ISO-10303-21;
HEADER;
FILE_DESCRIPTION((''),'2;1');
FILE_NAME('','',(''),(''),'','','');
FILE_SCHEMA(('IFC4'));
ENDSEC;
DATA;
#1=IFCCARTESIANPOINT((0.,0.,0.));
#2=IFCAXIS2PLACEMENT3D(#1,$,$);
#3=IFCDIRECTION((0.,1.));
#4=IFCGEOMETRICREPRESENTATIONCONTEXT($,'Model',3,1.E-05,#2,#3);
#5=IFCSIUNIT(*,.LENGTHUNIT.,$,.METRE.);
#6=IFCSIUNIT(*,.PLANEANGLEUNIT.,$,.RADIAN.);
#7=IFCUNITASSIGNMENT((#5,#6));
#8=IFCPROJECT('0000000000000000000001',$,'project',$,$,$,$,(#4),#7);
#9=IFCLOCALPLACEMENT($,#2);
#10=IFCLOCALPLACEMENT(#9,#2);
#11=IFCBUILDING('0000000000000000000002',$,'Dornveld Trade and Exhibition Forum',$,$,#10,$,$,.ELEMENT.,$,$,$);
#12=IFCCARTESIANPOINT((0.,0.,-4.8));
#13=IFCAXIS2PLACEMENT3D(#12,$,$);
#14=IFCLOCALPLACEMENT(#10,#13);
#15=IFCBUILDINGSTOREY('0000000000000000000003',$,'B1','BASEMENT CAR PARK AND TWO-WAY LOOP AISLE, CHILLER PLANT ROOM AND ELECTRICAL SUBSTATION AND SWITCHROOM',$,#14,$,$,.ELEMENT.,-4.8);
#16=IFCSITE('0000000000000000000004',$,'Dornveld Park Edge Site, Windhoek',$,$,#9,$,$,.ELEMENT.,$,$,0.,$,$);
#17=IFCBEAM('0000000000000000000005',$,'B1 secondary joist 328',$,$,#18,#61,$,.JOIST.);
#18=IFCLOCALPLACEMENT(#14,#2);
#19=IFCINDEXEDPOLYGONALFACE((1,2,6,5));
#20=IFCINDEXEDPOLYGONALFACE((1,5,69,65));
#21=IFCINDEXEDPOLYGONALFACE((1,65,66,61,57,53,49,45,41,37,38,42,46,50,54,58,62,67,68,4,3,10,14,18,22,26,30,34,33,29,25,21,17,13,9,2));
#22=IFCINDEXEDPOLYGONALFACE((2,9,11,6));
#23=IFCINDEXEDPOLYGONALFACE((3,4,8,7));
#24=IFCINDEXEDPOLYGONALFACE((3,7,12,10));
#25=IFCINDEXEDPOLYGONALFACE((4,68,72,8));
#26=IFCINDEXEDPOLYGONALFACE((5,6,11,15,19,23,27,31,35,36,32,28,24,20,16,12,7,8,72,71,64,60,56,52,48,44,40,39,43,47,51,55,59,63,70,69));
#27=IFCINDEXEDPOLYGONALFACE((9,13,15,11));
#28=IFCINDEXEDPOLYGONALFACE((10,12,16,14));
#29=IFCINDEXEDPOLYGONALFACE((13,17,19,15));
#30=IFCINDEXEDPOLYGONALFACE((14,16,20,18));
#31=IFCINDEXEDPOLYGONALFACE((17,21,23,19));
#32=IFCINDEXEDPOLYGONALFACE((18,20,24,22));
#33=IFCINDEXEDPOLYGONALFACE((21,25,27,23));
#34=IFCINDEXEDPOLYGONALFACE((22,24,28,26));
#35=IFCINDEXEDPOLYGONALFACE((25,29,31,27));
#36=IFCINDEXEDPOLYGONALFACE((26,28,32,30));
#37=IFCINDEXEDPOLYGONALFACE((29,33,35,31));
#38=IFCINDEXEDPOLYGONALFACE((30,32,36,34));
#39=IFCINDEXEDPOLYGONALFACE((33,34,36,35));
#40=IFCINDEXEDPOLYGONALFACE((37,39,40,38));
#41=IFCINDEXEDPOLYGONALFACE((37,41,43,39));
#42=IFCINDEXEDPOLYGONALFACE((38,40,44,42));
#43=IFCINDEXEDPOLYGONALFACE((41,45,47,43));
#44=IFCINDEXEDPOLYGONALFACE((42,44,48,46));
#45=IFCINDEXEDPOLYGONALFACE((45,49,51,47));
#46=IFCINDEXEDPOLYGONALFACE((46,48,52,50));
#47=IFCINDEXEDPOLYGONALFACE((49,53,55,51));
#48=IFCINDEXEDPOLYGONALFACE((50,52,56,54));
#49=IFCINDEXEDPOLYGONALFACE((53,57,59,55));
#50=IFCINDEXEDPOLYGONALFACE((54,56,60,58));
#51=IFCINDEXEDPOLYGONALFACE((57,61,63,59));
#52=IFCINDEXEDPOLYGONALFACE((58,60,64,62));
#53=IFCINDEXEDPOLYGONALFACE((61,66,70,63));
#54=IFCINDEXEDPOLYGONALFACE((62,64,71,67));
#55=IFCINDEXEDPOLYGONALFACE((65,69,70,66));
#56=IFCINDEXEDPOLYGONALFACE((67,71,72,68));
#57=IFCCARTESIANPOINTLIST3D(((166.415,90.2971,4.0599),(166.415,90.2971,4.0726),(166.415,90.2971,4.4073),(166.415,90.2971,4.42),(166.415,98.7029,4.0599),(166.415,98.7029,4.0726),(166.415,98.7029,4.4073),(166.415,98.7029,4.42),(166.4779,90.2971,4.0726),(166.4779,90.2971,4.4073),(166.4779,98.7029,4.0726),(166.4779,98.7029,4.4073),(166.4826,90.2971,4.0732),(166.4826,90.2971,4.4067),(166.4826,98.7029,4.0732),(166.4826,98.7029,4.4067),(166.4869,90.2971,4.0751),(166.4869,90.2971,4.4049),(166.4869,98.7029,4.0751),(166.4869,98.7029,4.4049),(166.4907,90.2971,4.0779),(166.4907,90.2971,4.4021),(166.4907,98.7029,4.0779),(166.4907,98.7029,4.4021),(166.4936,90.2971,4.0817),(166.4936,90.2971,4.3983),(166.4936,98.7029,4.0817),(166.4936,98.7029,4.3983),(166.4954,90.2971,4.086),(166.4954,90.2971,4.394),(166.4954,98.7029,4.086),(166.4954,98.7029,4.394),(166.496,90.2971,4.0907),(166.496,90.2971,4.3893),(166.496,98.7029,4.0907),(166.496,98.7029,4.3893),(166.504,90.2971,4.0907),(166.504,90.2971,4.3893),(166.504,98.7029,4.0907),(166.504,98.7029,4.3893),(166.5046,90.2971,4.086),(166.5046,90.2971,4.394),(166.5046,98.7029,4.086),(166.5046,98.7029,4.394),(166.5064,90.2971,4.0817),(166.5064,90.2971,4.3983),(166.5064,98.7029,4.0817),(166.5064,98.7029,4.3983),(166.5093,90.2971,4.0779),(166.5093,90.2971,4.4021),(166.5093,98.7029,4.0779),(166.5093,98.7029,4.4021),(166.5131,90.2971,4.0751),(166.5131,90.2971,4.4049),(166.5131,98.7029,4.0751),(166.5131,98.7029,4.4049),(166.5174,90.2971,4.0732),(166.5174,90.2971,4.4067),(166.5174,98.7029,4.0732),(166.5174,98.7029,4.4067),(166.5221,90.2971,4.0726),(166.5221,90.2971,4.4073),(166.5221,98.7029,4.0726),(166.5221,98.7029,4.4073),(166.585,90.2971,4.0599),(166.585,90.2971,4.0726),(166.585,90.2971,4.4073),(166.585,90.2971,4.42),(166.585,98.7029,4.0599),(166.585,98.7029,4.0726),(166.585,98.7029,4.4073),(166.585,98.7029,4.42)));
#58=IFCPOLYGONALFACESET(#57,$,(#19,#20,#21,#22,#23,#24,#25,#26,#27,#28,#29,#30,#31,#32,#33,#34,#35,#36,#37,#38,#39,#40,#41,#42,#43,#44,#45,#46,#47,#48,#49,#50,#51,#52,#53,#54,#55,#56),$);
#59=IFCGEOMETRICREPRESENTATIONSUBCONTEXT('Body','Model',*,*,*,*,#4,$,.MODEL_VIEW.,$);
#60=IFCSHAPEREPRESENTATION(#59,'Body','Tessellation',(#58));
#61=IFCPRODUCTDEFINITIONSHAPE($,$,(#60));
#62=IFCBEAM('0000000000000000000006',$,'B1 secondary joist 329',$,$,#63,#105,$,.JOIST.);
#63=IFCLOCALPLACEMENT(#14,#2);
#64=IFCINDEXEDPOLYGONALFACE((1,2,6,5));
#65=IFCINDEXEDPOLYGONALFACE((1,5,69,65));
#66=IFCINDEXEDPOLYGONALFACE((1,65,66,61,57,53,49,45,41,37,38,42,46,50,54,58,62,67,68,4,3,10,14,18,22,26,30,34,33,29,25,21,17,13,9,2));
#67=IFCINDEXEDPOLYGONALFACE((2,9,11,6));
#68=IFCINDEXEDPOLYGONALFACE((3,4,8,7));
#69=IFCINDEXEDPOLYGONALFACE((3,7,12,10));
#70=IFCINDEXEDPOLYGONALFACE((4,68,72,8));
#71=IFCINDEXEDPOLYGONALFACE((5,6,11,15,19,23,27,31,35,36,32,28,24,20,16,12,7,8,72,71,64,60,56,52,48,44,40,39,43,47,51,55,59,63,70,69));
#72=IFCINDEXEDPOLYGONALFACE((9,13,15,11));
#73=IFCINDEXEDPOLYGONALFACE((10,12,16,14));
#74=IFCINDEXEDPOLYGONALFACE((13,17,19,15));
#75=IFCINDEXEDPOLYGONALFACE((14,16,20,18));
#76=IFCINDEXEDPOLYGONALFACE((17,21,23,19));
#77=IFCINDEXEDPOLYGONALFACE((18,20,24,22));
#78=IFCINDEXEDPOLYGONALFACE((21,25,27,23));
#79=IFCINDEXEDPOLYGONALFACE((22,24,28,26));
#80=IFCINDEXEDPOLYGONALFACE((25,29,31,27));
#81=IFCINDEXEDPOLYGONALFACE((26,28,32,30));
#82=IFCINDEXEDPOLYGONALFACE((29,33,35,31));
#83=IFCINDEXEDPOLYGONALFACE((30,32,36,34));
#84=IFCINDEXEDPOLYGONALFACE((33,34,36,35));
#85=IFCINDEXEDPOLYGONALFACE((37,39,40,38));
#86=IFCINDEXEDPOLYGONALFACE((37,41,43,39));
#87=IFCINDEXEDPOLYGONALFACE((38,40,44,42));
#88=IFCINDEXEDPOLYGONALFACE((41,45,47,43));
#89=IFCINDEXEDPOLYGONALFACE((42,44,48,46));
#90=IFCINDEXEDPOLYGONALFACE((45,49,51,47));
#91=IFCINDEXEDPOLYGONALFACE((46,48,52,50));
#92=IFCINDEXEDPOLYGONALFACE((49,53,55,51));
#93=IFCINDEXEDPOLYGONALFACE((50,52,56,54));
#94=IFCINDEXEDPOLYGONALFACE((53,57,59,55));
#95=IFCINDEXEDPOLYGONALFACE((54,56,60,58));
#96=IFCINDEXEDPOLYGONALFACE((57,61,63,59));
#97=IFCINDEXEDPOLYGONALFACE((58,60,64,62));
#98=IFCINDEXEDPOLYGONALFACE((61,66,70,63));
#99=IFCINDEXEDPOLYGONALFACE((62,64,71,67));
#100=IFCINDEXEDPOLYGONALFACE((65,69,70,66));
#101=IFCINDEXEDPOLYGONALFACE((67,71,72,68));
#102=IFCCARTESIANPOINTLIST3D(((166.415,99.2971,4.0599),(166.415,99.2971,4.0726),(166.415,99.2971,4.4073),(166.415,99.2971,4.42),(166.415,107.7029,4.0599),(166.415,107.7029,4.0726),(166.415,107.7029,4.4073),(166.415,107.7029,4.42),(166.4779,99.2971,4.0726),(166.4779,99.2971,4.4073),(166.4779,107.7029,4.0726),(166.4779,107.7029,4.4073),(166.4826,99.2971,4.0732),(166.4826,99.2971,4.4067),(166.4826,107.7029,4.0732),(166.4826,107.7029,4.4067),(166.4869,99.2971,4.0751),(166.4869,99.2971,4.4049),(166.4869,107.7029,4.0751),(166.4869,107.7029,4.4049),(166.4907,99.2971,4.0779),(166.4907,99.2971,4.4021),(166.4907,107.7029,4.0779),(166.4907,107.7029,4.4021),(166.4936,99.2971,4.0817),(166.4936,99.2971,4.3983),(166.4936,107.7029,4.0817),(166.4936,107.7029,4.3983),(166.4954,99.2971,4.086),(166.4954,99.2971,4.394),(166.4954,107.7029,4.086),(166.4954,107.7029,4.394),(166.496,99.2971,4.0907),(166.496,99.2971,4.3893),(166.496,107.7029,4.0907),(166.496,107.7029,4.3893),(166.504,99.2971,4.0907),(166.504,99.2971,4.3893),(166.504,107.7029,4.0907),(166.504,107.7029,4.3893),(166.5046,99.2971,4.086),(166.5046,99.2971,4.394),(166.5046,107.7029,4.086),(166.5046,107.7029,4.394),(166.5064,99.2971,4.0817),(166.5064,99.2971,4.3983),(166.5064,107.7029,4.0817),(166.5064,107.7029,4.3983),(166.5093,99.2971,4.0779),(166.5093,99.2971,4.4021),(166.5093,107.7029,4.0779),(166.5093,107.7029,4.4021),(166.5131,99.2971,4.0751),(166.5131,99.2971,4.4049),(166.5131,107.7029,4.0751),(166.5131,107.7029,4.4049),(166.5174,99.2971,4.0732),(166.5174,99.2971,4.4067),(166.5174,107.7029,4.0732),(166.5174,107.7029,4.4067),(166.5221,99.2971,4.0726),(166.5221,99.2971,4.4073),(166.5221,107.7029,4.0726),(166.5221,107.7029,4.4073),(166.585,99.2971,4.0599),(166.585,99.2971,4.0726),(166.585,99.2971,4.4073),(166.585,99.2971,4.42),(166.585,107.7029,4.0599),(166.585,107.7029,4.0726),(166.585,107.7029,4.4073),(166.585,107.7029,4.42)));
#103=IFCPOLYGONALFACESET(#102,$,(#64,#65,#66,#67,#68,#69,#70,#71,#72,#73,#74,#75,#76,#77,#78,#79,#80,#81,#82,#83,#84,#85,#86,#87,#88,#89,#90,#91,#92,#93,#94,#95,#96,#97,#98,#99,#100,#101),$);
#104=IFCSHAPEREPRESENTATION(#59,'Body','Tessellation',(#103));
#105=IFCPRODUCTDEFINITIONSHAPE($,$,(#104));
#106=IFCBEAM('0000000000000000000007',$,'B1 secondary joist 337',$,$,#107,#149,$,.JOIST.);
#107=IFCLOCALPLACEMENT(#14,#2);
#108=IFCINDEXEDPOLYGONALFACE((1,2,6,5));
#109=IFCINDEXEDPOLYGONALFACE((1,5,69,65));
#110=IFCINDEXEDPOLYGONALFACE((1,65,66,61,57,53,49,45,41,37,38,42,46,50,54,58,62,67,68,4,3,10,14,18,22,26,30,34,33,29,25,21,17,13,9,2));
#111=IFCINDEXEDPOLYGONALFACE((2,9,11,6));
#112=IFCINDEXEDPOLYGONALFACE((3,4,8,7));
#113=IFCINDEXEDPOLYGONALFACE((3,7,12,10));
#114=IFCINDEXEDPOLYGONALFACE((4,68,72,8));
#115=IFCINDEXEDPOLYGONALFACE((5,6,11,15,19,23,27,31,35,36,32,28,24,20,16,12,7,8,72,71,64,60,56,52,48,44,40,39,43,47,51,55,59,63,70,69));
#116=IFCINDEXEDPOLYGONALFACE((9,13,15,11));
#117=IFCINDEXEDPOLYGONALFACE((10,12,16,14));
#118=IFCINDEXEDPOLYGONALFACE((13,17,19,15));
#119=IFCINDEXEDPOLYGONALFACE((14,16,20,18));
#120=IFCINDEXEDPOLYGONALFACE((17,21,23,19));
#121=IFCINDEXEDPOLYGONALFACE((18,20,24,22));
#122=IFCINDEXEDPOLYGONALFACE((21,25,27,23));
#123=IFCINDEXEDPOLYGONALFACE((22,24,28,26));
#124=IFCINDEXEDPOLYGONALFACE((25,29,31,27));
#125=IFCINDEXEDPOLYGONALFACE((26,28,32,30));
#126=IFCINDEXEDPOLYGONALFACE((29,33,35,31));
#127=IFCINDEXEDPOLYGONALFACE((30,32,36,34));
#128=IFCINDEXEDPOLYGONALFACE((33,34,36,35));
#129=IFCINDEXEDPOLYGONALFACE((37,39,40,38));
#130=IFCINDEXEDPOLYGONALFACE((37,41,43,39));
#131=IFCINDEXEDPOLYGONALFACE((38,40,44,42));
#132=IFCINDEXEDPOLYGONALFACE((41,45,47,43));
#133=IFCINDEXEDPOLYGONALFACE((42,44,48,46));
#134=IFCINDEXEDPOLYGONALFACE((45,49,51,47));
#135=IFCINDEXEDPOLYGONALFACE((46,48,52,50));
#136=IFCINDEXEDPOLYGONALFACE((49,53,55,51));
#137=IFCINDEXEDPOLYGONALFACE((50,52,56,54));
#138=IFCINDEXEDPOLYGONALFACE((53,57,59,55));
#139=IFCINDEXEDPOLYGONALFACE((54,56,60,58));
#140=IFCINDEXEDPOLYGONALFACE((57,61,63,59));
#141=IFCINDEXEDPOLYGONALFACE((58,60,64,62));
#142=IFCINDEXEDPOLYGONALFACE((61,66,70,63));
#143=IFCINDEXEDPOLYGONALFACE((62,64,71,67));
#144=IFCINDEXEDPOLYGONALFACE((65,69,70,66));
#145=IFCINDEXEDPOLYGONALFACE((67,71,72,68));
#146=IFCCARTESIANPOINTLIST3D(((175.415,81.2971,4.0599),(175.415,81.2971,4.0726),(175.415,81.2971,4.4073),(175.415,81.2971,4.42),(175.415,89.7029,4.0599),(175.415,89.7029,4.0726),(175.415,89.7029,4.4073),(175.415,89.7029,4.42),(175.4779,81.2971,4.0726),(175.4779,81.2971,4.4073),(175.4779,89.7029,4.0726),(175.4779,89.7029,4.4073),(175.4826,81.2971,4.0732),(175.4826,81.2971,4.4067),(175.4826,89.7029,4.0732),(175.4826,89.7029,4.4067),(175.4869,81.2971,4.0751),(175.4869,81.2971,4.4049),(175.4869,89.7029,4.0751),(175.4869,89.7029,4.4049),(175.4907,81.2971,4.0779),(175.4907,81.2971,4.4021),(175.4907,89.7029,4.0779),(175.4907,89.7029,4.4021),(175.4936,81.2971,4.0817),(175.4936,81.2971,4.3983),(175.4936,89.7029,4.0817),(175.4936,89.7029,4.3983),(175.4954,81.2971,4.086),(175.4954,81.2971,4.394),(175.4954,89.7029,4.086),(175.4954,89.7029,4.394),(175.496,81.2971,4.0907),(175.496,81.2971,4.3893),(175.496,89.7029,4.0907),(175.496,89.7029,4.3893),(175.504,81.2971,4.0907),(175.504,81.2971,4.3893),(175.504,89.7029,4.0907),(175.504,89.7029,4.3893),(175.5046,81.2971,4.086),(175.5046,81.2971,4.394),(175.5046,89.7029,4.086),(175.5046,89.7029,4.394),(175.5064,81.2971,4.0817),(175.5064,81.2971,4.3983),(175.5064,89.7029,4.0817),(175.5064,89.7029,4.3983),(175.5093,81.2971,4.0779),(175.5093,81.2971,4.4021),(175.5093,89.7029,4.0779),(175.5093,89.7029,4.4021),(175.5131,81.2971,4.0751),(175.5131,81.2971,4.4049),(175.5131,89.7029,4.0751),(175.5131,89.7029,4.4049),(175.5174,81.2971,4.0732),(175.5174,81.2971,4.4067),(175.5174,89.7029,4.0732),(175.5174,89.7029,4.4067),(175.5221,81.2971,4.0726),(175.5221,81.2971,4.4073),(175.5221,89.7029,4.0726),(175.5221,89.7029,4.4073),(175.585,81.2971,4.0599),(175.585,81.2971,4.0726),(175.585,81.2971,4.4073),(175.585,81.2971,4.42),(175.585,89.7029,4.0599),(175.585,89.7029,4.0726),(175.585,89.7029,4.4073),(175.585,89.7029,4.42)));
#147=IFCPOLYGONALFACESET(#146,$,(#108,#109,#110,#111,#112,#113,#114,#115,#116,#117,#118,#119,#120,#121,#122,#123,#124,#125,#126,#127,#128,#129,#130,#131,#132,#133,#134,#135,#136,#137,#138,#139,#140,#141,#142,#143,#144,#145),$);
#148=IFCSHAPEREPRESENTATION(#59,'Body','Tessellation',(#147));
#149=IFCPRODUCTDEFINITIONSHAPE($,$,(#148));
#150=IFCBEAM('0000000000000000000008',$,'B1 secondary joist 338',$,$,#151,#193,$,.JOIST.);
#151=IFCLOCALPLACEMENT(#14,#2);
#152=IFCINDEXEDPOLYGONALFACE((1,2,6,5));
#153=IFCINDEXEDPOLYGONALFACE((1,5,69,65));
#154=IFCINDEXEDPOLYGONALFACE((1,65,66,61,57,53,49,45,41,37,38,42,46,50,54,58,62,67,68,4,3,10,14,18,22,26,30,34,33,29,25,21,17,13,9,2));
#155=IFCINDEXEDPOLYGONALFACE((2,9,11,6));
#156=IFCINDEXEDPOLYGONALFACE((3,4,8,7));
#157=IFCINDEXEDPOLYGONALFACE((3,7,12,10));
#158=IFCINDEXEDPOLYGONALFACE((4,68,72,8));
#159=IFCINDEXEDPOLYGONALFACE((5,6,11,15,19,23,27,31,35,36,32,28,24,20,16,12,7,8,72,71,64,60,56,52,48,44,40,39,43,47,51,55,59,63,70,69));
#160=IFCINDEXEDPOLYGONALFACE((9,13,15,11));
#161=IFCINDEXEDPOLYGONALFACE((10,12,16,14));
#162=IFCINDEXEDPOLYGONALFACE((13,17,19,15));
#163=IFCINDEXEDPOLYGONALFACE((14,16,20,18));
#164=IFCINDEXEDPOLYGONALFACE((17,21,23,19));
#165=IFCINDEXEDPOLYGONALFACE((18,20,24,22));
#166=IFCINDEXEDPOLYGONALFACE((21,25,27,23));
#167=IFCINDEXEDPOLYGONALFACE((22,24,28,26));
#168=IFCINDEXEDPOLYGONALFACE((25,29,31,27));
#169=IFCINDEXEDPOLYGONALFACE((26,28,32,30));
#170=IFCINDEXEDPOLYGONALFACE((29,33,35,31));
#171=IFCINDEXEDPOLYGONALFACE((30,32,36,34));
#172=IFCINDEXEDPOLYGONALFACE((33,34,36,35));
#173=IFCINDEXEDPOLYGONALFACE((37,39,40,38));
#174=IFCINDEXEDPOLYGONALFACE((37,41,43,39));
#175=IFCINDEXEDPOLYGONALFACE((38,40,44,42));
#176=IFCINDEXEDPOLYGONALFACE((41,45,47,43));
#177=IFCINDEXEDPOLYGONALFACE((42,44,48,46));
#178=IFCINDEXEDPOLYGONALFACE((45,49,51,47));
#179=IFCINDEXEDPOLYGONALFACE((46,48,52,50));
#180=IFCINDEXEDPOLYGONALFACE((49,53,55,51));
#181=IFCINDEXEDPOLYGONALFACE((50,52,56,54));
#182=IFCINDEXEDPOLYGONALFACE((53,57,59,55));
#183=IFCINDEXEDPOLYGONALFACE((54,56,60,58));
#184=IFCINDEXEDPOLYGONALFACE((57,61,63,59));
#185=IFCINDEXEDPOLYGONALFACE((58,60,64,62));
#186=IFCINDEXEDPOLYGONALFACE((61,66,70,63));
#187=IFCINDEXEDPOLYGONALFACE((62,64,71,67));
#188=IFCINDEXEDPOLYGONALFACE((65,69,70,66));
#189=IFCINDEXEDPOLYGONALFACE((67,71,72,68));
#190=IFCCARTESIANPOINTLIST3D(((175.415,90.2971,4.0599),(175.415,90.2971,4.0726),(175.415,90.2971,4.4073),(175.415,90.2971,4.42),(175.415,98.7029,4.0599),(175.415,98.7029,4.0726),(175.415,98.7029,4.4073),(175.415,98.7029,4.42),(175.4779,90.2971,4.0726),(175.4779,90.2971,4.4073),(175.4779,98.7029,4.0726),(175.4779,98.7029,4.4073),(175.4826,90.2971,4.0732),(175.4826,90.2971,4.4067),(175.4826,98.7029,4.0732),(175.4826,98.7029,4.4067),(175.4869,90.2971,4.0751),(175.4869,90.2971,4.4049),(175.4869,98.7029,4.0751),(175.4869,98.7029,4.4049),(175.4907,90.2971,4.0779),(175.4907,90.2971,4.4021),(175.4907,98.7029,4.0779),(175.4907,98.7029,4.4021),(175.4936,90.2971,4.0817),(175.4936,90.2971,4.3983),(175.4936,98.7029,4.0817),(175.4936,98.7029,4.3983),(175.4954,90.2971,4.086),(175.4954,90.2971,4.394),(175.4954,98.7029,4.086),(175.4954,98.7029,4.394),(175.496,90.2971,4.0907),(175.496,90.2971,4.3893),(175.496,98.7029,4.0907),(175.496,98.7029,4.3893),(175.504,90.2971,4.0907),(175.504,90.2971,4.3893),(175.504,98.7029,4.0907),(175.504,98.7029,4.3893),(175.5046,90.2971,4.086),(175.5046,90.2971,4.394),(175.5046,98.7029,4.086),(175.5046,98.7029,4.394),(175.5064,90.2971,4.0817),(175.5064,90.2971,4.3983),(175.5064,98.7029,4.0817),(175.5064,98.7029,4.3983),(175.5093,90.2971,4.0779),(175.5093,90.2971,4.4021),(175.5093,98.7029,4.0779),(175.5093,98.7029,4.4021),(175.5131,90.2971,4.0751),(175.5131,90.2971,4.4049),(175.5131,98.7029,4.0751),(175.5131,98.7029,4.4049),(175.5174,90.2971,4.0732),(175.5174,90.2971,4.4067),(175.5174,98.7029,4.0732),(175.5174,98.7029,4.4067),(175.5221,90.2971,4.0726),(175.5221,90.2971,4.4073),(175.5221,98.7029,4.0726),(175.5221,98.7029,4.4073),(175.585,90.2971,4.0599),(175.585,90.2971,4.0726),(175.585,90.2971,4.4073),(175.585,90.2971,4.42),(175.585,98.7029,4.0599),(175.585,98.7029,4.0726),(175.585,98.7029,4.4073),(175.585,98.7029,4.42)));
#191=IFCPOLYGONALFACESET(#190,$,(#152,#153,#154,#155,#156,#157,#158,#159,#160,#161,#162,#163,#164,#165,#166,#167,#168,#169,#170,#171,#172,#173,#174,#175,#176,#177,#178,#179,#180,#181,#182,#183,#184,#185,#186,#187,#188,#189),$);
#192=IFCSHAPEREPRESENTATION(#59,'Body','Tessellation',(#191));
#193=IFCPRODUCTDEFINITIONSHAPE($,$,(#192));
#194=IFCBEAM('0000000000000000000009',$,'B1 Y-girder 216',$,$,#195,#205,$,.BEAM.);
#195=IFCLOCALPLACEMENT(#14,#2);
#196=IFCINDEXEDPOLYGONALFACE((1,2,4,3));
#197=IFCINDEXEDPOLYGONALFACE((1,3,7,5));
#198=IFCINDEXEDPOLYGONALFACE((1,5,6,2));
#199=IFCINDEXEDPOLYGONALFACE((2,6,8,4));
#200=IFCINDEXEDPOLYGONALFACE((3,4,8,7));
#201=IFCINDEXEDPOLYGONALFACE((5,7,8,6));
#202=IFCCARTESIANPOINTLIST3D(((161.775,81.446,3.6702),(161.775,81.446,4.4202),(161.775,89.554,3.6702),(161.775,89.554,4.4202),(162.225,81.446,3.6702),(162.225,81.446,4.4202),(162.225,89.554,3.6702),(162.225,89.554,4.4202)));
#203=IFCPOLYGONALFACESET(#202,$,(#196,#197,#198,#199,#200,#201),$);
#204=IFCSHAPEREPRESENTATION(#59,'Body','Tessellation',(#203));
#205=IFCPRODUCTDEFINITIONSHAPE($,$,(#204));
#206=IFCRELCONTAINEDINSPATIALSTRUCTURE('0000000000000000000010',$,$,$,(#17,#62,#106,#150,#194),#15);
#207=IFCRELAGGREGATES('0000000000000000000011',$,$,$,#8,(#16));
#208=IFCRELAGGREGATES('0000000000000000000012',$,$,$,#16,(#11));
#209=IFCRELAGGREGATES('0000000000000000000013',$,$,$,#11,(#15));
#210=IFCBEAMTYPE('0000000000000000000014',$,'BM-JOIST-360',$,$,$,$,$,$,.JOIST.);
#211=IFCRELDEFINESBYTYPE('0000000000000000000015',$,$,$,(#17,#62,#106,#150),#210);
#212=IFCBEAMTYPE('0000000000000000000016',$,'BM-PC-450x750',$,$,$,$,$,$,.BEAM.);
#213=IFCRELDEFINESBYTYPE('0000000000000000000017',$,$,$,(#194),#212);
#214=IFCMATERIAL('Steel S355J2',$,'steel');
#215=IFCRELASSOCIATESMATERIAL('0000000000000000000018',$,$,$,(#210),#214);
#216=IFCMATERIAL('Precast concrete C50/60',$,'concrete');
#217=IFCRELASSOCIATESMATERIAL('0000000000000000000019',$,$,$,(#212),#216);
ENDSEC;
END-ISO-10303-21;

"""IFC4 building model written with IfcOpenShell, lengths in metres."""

from ifc_helpers import new_model, si_unit, direction, frame, origin, origin_2d, place, context, subcontext, project, spatial, rectangle, i_section, extrude, material, material_profile, profile_set, type_object, element, save


model = new_model("IFC4")

# Units and contexts
model_context = context("Model", 3, precision=1e-05, world=origin(), true_north=direction((0.0, 1.0)))
body_context = subcontext(model_context, "Body", "Model", "MODEL_VIEW")
ifc_project = project(units=[si_unit("LENGTHUNIT", "METRE"), si_unit("PLANEANGLEUNIT", "RADIAN")], contexts=[model_context])

# Site, building, storey
site_placement = place(None, origin())
site = spatial("IfcSite", under=ifc_project, at=site_placement, Name="Dornveld Park Edge Site, Windhoek", CompositionType="ELEMENT", RefElevation=0.0)
building_placement = place(site_placement, origin())
building = spatial("IfcBuilding", under=site, at=building_placement, Name="Dornveld Trade and Exhibition Forum", CompositionType="ELEMENT")
storey_placement = place(building_placement, frame((0.0, 0.0, -4.8)))
storey = spatial("IfcBuildingStorey", under=building, at=storey_placement, Name="B1", Description="BASEMENT CAR PARK AND TWO-WAY LOOP AISLE, CHILLER PLANT ROOM AND ELECTRICAL SUBSTATION AND SWITCHROOM", CompositionType="ELEMENT", Elevation=-4.8)

# Beams
ifc_material_1 = material(Name="Steel S355J2", Category="steel")
ifc_material_profile_1 = material_profile(ifc_material_1, i_section(OverallWidth=0.1699, OverallDepth=0.3601, WebThickness=0.0081, FlangeThickness=0.0127, FilletRadius=0.0181, at=origin_2d()), Name="IPE 360")
ifc_profile_set_1 = profile_set([ifc_material_profile_1], Name="Steel S355J2")
beam_type_1 = type_object("IfcBeamType", Name="BM-JOIST-360", PredefinedType="JOIST", material=ifc_profile_set_1)
for number, where, z_axis, x_axis, name in (
    (1, (166.5, 90.2971, 4.24), (0.0, 1.0, 0.0), (-1.0, 0.0, 0.0), "B1 secondary joist 328"),
    (2, (166.5, 99.2971, 4.24), (0.0, 1.0, 0.0), (-1.0, 0.0, 0.0), "B1 secondary joist 329"),
    (3, (175.5, 81.2971, 4.24), (0.0, 1.0, 0.0), (-1.0, 0.0, 0.0), "B1 secondary joist 337"),
    (4, (175.5, 90.2971, 4.24), (0.0, 1.0, 0.0), (-1.0, 0.0, 0.0), "B1 secondary joist 338"),
):
    element("IfcBeam", number, at=place(storey_placement, frame(where, z_axis=z_axis, x_axis=x_axis)), inside=storey, type_object=beam_type_1, Name=name, PredefinedType="JOIST", context=body_context, shape_type="SweptSolid", body=[
        extrude(i_section(OverallWidth=0.1699, OverallDepth=0.3601, WebThickness=0.0081, FlangeThickness=0.0127, FilletRadius=0.0181, at=origin_2d()), origin(), (0.0, 0.0, 1.0), 8.4058),
    ])
ifc_material_2 = material(Name="Precast concrete C50/60", Category="concrete")
ifc_material_profile_2 = material_profile(ifc_material_2, rectangle(XDim=0.45, YDim=0.75, at=origin_2d()), Name="PC-BM 450x750")
ifc_profile_set_2 = profile_set([ifc_material_profile_2], Name="Precast concrete C50/60")
beam_type_2 = type_object("IfcBeamType", Name="BM-PC-450x750", PredefinedType="BEAM", material=ifc_profile_set_2)
for number, where, z_axis, x_axis, name in (
    (5, (162.0, 81.446, 4.0452), (0.0, 1.0, 0.0), (-1.0, 0.0, 0.0), "B1 Y-girder 216"),
):
    element("IfcBeam", number, at=place(storey_placement, frame(where, z_axis=z_axis, x_axis=x_axis)), inside=storey, type_object=beam_type_2, Name=name, PredefinedType="BEAM", context=body_context, shape_type="SweptSolid", body=[
        extrude(rectangle(XDim=0.45, YDim=0.75, at=origin_2d()), origin(), (0.0, 0.0, 1.0), 8.1079),
    ])

save(model, "model.ifc")
